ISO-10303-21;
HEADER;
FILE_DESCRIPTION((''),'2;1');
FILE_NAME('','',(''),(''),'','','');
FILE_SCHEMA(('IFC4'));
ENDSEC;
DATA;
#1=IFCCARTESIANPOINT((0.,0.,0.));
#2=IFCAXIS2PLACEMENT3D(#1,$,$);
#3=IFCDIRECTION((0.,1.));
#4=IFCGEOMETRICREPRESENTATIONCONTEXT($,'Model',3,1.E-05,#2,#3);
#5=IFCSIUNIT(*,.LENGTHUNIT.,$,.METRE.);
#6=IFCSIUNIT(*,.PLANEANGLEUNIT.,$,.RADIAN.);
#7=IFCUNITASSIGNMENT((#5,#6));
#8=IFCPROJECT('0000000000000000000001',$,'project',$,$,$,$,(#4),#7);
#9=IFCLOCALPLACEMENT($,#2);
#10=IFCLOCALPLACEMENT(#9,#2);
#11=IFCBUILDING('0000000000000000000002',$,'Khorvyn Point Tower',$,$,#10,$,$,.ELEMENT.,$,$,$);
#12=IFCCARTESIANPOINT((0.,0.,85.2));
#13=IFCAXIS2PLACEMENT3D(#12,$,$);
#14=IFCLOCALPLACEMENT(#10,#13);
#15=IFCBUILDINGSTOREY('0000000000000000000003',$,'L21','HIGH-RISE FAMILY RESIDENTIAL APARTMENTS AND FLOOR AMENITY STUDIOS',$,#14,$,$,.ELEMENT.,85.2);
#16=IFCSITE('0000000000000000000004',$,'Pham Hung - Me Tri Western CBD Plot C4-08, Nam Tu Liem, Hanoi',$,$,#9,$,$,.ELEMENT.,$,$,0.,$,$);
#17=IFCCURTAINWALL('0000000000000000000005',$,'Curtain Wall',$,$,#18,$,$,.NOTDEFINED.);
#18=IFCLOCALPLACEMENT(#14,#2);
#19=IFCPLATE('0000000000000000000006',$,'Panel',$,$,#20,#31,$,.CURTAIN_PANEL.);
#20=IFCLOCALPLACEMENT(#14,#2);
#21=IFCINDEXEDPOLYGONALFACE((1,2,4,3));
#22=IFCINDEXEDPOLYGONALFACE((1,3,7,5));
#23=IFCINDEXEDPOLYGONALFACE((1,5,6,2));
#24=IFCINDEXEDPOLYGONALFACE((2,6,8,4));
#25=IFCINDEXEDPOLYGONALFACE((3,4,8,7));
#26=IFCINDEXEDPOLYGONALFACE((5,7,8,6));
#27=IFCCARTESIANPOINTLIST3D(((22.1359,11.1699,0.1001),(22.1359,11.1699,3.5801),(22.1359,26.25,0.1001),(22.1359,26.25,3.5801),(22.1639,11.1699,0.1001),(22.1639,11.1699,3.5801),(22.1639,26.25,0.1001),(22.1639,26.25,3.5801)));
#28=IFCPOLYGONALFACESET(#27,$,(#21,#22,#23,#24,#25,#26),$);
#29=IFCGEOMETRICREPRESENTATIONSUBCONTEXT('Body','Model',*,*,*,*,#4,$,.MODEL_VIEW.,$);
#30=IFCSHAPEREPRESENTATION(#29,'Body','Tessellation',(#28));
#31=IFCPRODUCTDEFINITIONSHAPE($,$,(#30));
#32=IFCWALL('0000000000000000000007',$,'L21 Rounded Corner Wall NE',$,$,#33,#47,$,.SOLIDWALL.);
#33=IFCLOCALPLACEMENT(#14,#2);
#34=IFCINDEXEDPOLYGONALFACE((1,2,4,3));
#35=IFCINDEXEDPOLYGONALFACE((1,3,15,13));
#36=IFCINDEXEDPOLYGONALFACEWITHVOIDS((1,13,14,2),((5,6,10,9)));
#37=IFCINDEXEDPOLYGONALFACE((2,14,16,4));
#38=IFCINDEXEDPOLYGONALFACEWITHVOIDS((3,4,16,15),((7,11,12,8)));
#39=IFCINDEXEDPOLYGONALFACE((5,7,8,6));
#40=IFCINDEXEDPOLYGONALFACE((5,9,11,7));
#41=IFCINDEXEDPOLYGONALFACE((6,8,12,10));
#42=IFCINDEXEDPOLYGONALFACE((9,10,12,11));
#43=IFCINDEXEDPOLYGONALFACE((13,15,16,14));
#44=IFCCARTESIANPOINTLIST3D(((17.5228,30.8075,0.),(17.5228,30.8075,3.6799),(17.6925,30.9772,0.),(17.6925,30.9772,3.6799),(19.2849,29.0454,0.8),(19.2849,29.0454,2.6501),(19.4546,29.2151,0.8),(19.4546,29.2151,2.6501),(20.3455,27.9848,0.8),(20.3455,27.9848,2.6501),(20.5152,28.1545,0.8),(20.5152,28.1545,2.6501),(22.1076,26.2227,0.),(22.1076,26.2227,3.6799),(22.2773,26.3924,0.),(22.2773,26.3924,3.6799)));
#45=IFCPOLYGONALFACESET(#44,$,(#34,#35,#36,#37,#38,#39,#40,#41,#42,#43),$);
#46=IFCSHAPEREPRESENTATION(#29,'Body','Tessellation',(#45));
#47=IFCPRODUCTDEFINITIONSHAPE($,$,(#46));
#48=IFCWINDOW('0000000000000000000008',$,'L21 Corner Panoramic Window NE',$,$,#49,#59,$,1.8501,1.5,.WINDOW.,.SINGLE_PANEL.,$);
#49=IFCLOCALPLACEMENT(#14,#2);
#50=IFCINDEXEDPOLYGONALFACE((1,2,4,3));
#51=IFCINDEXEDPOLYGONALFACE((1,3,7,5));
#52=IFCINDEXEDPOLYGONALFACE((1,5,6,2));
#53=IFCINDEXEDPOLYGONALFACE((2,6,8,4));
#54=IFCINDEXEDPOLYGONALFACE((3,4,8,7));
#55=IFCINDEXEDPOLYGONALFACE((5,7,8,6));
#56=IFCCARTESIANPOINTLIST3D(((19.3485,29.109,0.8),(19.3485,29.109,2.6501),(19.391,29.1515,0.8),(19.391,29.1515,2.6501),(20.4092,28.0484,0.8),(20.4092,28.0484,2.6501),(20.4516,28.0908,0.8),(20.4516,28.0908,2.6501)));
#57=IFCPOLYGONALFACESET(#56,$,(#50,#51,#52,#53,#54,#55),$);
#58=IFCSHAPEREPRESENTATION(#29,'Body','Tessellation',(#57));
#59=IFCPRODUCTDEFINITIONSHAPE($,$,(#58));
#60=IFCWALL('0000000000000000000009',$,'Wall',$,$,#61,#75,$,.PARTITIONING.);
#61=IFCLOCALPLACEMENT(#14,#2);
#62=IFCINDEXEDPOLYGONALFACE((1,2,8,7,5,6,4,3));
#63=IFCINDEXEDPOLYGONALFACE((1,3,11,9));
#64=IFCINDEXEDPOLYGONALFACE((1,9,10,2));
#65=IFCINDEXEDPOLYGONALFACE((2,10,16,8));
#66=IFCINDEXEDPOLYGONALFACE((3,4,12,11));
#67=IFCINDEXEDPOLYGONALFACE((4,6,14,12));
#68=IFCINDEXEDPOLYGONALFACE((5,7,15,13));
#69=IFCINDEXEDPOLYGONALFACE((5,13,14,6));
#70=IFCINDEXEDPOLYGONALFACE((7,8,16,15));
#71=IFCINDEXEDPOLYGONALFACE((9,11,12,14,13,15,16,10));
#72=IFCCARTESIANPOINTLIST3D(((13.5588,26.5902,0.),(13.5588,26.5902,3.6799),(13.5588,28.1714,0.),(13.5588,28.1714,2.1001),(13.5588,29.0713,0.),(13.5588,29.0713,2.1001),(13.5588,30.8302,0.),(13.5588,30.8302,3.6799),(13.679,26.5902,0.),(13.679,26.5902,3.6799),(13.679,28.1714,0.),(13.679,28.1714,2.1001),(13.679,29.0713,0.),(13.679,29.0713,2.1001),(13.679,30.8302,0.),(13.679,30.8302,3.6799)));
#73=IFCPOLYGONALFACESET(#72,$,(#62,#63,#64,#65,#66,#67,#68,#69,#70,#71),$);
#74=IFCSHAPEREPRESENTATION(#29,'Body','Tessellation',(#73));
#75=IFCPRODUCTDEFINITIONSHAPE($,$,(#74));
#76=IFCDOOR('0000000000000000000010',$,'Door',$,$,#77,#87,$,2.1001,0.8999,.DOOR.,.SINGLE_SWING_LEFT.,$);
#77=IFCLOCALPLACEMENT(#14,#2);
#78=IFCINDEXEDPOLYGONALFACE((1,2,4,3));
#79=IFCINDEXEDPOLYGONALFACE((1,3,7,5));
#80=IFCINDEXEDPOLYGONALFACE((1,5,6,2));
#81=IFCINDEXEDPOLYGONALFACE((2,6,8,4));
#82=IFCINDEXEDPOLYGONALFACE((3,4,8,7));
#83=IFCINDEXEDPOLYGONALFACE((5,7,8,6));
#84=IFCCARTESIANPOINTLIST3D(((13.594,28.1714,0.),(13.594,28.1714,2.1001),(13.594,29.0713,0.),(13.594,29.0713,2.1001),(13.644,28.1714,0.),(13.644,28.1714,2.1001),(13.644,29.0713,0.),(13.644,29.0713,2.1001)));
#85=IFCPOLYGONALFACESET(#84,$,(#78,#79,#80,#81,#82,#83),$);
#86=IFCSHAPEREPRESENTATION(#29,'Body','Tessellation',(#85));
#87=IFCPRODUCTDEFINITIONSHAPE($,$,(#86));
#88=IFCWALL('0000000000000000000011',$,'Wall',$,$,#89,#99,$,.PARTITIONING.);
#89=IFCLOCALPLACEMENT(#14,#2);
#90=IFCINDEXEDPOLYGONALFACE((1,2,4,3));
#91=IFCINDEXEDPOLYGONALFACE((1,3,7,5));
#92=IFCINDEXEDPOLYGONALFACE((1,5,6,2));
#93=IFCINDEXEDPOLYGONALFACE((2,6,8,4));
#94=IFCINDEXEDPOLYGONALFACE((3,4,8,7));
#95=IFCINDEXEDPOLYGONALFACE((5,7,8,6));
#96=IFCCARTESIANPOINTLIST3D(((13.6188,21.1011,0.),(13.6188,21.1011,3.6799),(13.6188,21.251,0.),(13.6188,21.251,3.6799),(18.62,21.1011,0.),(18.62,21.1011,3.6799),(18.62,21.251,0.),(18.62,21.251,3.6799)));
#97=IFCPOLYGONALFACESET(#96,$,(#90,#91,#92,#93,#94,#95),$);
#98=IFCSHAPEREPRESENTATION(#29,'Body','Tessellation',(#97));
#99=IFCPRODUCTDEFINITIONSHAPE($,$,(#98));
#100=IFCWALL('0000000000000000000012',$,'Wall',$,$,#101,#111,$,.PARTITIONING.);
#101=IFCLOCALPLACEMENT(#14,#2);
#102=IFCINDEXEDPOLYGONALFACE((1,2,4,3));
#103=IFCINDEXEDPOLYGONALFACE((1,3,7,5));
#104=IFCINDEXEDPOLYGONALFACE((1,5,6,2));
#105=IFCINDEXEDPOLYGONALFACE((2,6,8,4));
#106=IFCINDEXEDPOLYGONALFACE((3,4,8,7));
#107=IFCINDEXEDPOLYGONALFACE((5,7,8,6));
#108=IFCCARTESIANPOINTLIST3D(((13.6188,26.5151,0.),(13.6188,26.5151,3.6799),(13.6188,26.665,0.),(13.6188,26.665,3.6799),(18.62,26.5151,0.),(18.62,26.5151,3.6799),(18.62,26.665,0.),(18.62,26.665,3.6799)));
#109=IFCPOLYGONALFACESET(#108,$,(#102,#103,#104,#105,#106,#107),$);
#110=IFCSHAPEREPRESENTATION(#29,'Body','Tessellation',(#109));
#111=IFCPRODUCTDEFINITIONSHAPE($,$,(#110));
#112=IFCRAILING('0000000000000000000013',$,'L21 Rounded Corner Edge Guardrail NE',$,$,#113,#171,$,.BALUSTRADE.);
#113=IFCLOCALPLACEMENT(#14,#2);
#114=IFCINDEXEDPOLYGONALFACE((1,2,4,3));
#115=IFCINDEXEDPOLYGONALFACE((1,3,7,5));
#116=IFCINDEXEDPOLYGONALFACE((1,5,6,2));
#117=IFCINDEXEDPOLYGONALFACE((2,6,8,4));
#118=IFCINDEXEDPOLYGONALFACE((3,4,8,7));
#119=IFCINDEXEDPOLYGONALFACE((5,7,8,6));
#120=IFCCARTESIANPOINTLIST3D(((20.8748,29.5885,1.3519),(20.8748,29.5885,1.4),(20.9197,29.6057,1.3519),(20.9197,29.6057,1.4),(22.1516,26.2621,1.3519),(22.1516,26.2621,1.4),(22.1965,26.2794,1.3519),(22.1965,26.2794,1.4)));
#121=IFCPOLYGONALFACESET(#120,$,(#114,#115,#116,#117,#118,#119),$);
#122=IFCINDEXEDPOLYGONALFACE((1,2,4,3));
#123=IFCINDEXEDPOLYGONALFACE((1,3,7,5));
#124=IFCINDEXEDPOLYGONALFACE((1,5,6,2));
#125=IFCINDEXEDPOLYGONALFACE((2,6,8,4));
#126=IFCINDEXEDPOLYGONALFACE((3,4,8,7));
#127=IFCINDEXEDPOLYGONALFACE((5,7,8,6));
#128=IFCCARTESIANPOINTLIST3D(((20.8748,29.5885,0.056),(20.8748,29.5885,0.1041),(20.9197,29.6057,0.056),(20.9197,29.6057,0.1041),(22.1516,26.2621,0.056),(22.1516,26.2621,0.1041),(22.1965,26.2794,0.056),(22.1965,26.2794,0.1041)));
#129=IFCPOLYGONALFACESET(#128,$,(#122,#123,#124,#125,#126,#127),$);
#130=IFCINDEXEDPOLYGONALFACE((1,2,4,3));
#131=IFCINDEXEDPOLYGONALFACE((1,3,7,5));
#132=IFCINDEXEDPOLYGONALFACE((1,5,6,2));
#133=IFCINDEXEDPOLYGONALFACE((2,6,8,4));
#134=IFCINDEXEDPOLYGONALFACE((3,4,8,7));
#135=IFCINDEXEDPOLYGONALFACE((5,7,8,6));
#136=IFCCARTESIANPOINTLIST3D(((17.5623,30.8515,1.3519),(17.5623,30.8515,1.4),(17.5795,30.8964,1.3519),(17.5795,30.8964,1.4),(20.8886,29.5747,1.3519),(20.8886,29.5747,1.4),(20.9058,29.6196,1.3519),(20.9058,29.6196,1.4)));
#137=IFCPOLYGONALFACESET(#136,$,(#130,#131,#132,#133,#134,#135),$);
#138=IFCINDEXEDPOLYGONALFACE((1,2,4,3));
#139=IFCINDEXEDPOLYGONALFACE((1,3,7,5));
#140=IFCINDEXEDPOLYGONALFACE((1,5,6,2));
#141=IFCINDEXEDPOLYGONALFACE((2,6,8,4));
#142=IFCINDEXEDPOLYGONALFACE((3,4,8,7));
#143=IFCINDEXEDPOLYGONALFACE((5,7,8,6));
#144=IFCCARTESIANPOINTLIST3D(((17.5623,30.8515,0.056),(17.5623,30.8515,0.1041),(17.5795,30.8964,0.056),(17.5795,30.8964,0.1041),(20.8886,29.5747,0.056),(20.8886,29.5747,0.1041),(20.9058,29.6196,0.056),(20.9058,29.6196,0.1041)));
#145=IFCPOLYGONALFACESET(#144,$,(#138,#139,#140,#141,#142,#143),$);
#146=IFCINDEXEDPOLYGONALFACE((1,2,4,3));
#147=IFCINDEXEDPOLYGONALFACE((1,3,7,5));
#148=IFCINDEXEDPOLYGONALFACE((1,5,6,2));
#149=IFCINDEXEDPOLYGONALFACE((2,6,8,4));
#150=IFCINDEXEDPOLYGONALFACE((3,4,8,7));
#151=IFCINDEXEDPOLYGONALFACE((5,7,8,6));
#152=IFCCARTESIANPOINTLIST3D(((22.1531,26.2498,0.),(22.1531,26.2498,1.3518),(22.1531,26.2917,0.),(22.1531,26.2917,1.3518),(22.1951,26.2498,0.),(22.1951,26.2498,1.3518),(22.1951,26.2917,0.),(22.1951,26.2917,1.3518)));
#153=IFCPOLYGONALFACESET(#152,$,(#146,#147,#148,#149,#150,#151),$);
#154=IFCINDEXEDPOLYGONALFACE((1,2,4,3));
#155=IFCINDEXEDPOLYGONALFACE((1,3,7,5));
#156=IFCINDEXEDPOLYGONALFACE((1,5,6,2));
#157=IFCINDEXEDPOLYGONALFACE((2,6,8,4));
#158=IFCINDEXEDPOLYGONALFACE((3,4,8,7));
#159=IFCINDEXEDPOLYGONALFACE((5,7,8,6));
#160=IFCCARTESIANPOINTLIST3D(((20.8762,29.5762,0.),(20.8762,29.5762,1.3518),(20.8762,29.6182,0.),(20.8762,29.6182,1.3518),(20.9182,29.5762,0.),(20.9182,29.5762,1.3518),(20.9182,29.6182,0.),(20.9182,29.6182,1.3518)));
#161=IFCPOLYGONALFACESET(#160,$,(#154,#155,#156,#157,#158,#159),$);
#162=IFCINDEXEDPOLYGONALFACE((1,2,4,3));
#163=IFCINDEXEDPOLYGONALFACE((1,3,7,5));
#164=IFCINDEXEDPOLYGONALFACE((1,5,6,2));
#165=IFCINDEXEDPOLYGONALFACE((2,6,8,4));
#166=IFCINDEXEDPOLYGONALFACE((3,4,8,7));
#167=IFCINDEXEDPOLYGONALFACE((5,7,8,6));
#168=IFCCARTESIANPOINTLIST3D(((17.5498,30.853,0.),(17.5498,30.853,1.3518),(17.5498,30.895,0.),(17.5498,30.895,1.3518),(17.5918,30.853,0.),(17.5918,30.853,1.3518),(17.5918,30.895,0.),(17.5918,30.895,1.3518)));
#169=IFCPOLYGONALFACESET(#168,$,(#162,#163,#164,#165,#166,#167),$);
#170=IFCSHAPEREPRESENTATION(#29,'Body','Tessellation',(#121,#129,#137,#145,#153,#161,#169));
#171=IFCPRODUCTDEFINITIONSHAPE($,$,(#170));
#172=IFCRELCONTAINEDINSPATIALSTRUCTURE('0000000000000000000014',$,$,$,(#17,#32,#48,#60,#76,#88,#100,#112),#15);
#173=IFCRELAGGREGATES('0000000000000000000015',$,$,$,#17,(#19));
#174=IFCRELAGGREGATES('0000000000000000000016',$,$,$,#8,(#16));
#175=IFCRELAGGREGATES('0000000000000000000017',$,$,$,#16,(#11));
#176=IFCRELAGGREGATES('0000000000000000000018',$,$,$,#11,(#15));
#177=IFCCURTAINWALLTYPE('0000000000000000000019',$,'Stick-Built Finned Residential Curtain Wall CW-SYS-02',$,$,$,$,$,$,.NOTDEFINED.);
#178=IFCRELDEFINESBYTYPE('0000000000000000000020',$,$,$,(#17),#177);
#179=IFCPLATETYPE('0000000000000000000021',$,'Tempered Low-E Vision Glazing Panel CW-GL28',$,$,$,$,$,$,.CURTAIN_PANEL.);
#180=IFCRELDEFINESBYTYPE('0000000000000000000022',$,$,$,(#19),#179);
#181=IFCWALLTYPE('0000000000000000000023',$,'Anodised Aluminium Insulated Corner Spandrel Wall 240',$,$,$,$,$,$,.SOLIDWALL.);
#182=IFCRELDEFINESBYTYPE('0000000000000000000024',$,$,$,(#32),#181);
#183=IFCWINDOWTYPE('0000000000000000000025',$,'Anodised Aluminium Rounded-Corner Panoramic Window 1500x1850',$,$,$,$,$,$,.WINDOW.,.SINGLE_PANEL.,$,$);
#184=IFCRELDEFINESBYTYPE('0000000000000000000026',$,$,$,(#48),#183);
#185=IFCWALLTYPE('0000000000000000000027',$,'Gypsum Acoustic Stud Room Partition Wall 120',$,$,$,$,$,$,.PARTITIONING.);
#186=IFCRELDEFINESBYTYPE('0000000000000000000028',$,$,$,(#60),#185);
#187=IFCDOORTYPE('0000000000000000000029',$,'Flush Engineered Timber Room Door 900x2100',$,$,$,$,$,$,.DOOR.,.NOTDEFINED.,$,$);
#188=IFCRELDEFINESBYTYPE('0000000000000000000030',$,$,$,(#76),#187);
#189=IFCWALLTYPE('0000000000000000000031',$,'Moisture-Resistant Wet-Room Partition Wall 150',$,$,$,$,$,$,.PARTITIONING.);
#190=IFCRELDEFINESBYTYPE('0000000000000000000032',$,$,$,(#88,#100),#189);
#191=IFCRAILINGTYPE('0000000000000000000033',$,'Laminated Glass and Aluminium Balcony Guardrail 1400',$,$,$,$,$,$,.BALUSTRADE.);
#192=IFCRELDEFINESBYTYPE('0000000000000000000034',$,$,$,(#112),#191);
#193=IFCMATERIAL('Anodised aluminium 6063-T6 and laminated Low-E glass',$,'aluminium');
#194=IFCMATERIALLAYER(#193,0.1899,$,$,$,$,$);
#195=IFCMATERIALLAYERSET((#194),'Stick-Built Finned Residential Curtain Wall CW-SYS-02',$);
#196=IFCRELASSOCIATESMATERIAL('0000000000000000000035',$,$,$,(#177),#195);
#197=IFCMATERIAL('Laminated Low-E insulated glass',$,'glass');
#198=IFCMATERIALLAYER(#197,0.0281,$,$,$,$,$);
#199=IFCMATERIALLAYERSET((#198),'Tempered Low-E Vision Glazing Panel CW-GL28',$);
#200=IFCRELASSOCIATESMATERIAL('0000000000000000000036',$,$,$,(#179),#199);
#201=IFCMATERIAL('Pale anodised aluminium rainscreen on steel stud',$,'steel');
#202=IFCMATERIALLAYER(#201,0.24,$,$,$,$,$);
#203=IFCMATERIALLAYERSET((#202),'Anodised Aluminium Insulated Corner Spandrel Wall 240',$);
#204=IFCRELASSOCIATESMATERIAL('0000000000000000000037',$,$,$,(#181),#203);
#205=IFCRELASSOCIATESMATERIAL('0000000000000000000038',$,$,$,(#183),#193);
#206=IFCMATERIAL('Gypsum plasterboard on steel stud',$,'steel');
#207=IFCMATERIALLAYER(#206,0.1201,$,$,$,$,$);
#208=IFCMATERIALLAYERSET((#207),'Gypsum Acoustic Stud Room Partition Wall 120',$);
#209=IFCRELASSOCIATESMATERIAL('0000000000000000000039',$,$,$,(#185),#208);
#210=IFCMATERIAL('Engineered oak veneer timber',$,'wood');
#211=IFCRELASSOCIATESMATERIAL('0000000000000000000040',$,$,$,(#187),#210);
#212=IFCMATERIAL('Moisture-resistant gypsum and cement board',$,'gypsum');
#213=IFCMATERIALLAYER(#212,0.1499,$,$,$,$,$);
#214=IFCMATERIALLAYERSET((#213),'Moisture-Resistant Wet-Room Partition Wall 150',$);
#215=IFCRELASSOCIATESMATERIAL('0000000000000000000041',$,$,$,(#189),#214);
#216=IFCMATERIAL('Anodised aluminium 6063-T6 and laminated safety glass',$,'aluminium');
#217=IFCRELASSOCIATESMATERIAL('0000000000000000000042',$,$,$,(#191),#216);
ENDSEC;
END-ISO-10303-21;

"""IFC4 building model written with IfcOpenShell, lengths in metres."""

from ifc_helpers import new_model, si_unit, direction, frame, frame_2d, origin, origin_2d, place, context, subcontext, project, spatial, rectangle, extrude, material, layer, layer_set, type_object, element, fill, aggregate, save


model = new_model("IFC4")

# Units and contexts
model_context = context("Model", 3, precision=1e-05, world=origin(), true_north=direction((0.0, 1.0)))
body_context = subcontext(model_context, "Body", "Model", "MODEL_VIEW")
ifc_project = project(units=[si_unit("LENGTHUNIT", "METRE"), si_unit("PLANEANGLEUNIT", "RADIAN")], contexts=[model_context])

# Site, building, storey
site_placement = place(None, origin())
site = spatial("IfcSite", under=ifc_project, at=site_placement, Name="Pham Hung - Me Tri Western CBD Plot C4-08, Nam Tu Liem, Hanoi", CompositionType="ELEMENT", RefElevation=0.0)
building_placement = place(site_placement, origin())
building = spatial("IfcBuilding", under=site, at=building_placement, Name="Khorvyn Point Tower", CompositionType="ELEMENT")
storey_placement = place(building_placement, frame((0.0, 0.0, 85.2)))
storey = spatial("IfcBuildingStorey", under=building, at=storey_placement, Name="L21", Description="HIGH-RISE FAMILY RESIDENTIAL APARTMENTS AND FLOOR AMENITY STUDIOS", CompositionType="ELEMENT", Elevation=85.2)

# Shared definitions
ifc_material_1 = material(Name="Anodised aluminium 6063-T6 and laminated Low-E glass", Category="aluminium")
ifc_layer_1 = layer(ifc_material_1, 0.1899)
ifc_layer_set_1 = layer_set([ifc_layer_1], Name="Stick-Built Finned Residential Curtain Wall CW-SYS-02")
curtain_wall_type = type_object("IfcCurtainWallType", Name="Stick-Built Finned Residential Curtain Wall CW-SYS-02", PredefinedType="NOTDEFINED", material=ifc_layer_set_1)

# Curtain wall
curtain_wall_1_placement = place(storey_placement, origin())
curtain_wall_1 = element("IfcCurtainWall", 1, at=curtain_wall_1_placement, inside=storey, type_object=curtain_wall_type, Name="Curtain Wall", PredefinedType="NOTDEFINED")

# Plate
ifc_material_2 = material(Name="Laminated Low-E insulated glass", Category="glass")
ifc_layer_2 = layer(ifc_material_2, 0.0281)
ifc_layer_set_2 = layer_set([ifc_layer_2], Name="Tempered Low-E Vision Glazing Panel CW-GL28")
plate_type = type_object("IfcPlateType", Name="Tempered Low-E Vision Glazing Panel CW-GL28", PredefinedType="CURTAIN_PANEL", material=ifc_layer_set_2)
plate_1_placement = place(storey_placement, frame((22.1499, 18.71, 0.1001), z_axis=(0.0, 0.0, 1.0), x_axis=(0.0, -1.0, 0.0)))
plate_1 = element("IfcPlate", 2, at=plate_1_placement, type_object=plate_type, Name="Panel", PredefinedType="CURTAIN_PANEL", context=body_context, shape_type="SweptSolid", body=[
    extrude(rectangle(XDim=15.0801, YDim=0.0281, at=origin_2d()), origin(), (0.0, 0.0, 1.0), 3.48),
])
aggregate(curtain_wall_1, [plate_1])

# Wall, opening, window
ifc_material_3 = material(Name="Pale anodised aluminium rainscreen on steel stud", Category="steel")
ifc_layer_3 = layer(ifc_material_3, 0.24)
ifc_layer_set_3 = layer_set([ifc_layer_3], Name="Anodised Aluminium Insulated Corner Spandrel Wall 240")
wall_type_1 = type_object("IfcWallType", Name="Anodised Aluminium Insulated Corner Spandrel Wall 240", PredefinedType="SOLIDWALL", material=ifc_layer_set_3)
wall_1_placement = place(storey_placement, frame((17.6077, 30.8923, 0.0), z_axis=(0.0, 0.0, 1.0), x_axis=(0.707107, -0.707107, 0.0)))
wall_1 = element("IfcWall", 3, at=wall_1_placement, inside=storey, type_object=wall_type_1, Name="L21 Rounded Corner Wall NE", PredefinedType="SOLIDWALL", context=body_context, shape_type="SweptSolid", body=[
    extrude(rectangle(XDim=6.4839, YDim=0.24, at=frame_2d((3.2419, 0.0))), origin(), (0.0, 0.0, 1.0), 3.6799),
])
opening_1_placement = place(wall_1_placement, frame((2.4919, 0.0, 0.8)))
opening_1 = element("IfcOpeningElement", 4, at=opening_1_placement, cuts=wall_1, PredefinedType="OPENING", context=body_context, shape_type="SweptSolid", body=[
    extrude(rectangle(XDim=1.5, YDim=1.8501, at=frame_2d((0.75, 0.925))), frame((0.0, 0.1299, 0.0), z_axis=(0.0, -1.0, 0.0), x_axis=(1.0, 0.0, 0.0)), (0.0, 0.0, 1.0), 0.26),
])
window_type = type_object("IfcWindowType", Name="Anodised Aluminium Rounded-Corner Panoramic Window 1500x1850", PartitioningType="SINGLE_PANEL", PredefinedType="WINDOW", material=ifc_material_1)
window_placement = place(opening_1_placement, origin())
window = element("IfcWindow", 5, at=window_placement, inside=storey, type_object=window_type, Name="L21 Corner Panoramic Window NE", OverallHeight=1.8501, OverallWidth=1.5, PartitioningType="SINGLE_PANEL", PredefinedType="WINDOW", context=body_context, shape_type="SweptSolid", body=[
    extrude(rectangle(XDim=1.5, YDim=1.8501, at=frame_2d((0.75, 0.925))), frame((0.0, 0.03, 0.0), z_axis=(0.0, -1.0, 0.0), x_axis=(1.0, 0.0, 0.0)), (0.0, 0.0, 1.0), 0.0601),
])
fill(opening_1, window)

# Wall, opening, door
ifc_material_4 = material(Name="Gypsum plasterboard on steel stud", Category="steel")
ifc_layer_4 = layer(ifc_material_4, 0.1201)
ifc_layer_set_4 = layer_set([ifc_layer_4], Name="Gypsum Acoustic Stud Room Partition Wall 120")
wall_type_2 = type_object("IfcWallType", Name="Gypsum Acoustic Stud Room Partition Wall 120", PredefinedType="PARTITIONING", material=ifc_layer_set_4)
wall_2_placement = place(storey_placement, frame((13.6189, 26.5901, 0.0), z_axis=(0.0, 0.0, 1.0), x_axis=(0.0, 1.0, 0.0)))
wall_2 = element("IfcWall", 6, at=wall_2_placement, inside=storey, type_object=wall_type_2, Name="Wall", PredefinedType="PARTITIONING", context=body_context, shape_type="SweptSolid", body=[
    extrude(rectangle(XDim=4.24, YDim=0.1201, at=frame_2d((2.1201, 0.0))), origin(), (0.0, 0.0, 1.0), 3.6799),
])
opening_2_placement = place(wall_2_placement, frame((1.5813, 0.0, 0.0)))
opening_2 = element("IfcOpeningElement", 7, at=opening_2_placement, cuts=wall_2, PredefinedType="OPENING", context=body_context, shape_type="SweptSolid", body=[
    extrude(rectangle(XDim=0.8999, YDim=2.1001, at=frame_2d((0.45, 1.05))), frame((0.0, 0.0701, 0.0), z_axis=(0.0, -1.0, 0.0), x_axis=(1.0, 0.0, 0.0)), (0.0, 0.0, 1.0), 0.1401),
])
ifc_material_5 = material(Name="Engineered oak veneer timber", Category="wood")
door_type = type_object("IfcDoorType", Name="Flush Engineered Timber Room Door 900x2100", OperationType="NOTDEFINED", PredefinedType="DOOR", material=ifc_material_5)
door_placement = place(opening_2_placement, origin())
door = element("IfcDoor", 8, at=door_placement, inside=storey, type_object=door_type, Name="Door", OperationType="SINGLE_SWING_LEFT", OverallHeight=2.1001, OverallWidth=0.8999, PredefinedType="DOOR", context=body_context, shape_type="SweptSolid", body=[
    extrude(rectangle(XDim=0.8999, YDim=2.1001, at=frame_2d((0.45, 1.05))), frame((0.0, 0.0249, 0.0), z_axis=(0.0, -1.0, 0.0), x_axis=(1.0, 0.0, 0.0)), (0.0, 0.0, 1.0), 0.05),
])
fill(opening_2, door)

# Walls
ifc_material_6 = material(Name="Moisture-resistant gypsum and cement board", Category="gypsum")
ifc_layer_5 = layer(ifc_material_6, 0.1499)
ifc_layer_set_5 = layer_set([ifc_layer_5], Name="Moisture-Resistant Wet-Room Partition Wall 150")
wall_type_3 = type_object("IfcWallType", Name="Moisture-Resistant Wet-Room Partition Wall 150", PredefinedType="PARTITIONING", material=ifc_layer_set_5)
for number, where, z_axis, x_axis, name in (
    (9, (13.6189, 21.176, 0.0), (0.0, 0.0, 1.0), (1.0, 0.0, 0.0), "Wall"),
    (10, (13.6189, 26.5901, 0.0), (0.0, 0.0, 1.0), (1.0, 0.0, 0.0), "Wall"),
):
    element("IfcWall", number, at=place(storey_placement, frame(where, z_axis=z_axis, x_axis=x_axis)), inside=storey, type_object=wall_type_3, Name=name, PredefinedType="PARTITIONING", context=body_context, shape_type="SweptSolid", body=[
        extrude(rectangle(XDim=5.0012, YDim=0.1499, at=frame_2d((2.5005, 0.0))), origin(), (0.0, 0.0, 1.0), 3.6799),
    ])

# Railing
ifc_material_7 = material(Name="Anodised aluminium 6063-T6 and laminated safety glass", Category="aluminium")
railing_type = type_object("IfcRailingType", Name="Laminated Glass and Aluminium Balcony Guardrail 1400", PredefinedType="BALUSTRADE", material=ifc_material_7)
railing_placement = place(storey_placement, frame((22.1741, 26.2708, 0.0)))
element("IfcRailing", 11, at=railing_placement, inside=storey, type_object=railing_type, Name="L21 Rounded Corner Edge Guardrail NE", PredefinedType="BALUSTRADE", context=body_context, shape_type="SweptSolid", body=[
    extrude(rectangle(XDim=0.0481, YDim=0.0481, at=origin_2d()), frame((0.0, 0.0, 1.376), z_axis=(-0.358359, 0.933584, 0.0), x_axis=(-0.933584, -0.358359, 0.0)), (0.0, 0.0, 1.0), 3.563),
    extrude(rectangle(XDim=0.0481, YDim=0.0481, at=origin_2d()), frame((0.0, 0.0, 0.0801), z_axis=(-0.358359, 0.933584, 0.0), x_axis=(-0.933584, -0.358359, 0.0)), (0.0, 0.0, 1.0), 3.563),
    extrude(rectangle(XDim=0.0481, YDim=0.0481, at=origin_2d()), frame((-1.2769, 3.3264, 1.376), z_axis=(-0.933584, 0.358359, 0.0), x_axis=(-0.358359, -0.933584, 0.0)), (0.0, 0.0, 1.0), 3.563),
    extrude(rectangle(XDim=0.0481, YDim=0.0481, at=origin_2d()), frame((-1.2769, 3.3264, 0.0801), z_axis=(-0.933584, 0.358359, 0.0), x_axis=(-0.358359, -0.933584, 0.0)), (0.0, 0.0, 1.0), 3.563),
    extrude(rectangle(XDim=0.042, YDim=0.042, at=origin_2d()), origin(), (0.0, 0.0, 1.0), 1.3518),
    extrude(rectangle(XDim=0.042, YDim=0.042, at=origin_2d()), frame((-1.2769, 3.3264, 0.0)), (0.0, 0.0, 1.0), 1.3518),
    extrude(rectangle(XDim=0.042, YDim=0.042, at=origin_2d()), frame((-4.6033, 4.6033, 0.0)), (0.0, 0.0, 1.0), 1.3518),
])

save(model, "model.ifc")
